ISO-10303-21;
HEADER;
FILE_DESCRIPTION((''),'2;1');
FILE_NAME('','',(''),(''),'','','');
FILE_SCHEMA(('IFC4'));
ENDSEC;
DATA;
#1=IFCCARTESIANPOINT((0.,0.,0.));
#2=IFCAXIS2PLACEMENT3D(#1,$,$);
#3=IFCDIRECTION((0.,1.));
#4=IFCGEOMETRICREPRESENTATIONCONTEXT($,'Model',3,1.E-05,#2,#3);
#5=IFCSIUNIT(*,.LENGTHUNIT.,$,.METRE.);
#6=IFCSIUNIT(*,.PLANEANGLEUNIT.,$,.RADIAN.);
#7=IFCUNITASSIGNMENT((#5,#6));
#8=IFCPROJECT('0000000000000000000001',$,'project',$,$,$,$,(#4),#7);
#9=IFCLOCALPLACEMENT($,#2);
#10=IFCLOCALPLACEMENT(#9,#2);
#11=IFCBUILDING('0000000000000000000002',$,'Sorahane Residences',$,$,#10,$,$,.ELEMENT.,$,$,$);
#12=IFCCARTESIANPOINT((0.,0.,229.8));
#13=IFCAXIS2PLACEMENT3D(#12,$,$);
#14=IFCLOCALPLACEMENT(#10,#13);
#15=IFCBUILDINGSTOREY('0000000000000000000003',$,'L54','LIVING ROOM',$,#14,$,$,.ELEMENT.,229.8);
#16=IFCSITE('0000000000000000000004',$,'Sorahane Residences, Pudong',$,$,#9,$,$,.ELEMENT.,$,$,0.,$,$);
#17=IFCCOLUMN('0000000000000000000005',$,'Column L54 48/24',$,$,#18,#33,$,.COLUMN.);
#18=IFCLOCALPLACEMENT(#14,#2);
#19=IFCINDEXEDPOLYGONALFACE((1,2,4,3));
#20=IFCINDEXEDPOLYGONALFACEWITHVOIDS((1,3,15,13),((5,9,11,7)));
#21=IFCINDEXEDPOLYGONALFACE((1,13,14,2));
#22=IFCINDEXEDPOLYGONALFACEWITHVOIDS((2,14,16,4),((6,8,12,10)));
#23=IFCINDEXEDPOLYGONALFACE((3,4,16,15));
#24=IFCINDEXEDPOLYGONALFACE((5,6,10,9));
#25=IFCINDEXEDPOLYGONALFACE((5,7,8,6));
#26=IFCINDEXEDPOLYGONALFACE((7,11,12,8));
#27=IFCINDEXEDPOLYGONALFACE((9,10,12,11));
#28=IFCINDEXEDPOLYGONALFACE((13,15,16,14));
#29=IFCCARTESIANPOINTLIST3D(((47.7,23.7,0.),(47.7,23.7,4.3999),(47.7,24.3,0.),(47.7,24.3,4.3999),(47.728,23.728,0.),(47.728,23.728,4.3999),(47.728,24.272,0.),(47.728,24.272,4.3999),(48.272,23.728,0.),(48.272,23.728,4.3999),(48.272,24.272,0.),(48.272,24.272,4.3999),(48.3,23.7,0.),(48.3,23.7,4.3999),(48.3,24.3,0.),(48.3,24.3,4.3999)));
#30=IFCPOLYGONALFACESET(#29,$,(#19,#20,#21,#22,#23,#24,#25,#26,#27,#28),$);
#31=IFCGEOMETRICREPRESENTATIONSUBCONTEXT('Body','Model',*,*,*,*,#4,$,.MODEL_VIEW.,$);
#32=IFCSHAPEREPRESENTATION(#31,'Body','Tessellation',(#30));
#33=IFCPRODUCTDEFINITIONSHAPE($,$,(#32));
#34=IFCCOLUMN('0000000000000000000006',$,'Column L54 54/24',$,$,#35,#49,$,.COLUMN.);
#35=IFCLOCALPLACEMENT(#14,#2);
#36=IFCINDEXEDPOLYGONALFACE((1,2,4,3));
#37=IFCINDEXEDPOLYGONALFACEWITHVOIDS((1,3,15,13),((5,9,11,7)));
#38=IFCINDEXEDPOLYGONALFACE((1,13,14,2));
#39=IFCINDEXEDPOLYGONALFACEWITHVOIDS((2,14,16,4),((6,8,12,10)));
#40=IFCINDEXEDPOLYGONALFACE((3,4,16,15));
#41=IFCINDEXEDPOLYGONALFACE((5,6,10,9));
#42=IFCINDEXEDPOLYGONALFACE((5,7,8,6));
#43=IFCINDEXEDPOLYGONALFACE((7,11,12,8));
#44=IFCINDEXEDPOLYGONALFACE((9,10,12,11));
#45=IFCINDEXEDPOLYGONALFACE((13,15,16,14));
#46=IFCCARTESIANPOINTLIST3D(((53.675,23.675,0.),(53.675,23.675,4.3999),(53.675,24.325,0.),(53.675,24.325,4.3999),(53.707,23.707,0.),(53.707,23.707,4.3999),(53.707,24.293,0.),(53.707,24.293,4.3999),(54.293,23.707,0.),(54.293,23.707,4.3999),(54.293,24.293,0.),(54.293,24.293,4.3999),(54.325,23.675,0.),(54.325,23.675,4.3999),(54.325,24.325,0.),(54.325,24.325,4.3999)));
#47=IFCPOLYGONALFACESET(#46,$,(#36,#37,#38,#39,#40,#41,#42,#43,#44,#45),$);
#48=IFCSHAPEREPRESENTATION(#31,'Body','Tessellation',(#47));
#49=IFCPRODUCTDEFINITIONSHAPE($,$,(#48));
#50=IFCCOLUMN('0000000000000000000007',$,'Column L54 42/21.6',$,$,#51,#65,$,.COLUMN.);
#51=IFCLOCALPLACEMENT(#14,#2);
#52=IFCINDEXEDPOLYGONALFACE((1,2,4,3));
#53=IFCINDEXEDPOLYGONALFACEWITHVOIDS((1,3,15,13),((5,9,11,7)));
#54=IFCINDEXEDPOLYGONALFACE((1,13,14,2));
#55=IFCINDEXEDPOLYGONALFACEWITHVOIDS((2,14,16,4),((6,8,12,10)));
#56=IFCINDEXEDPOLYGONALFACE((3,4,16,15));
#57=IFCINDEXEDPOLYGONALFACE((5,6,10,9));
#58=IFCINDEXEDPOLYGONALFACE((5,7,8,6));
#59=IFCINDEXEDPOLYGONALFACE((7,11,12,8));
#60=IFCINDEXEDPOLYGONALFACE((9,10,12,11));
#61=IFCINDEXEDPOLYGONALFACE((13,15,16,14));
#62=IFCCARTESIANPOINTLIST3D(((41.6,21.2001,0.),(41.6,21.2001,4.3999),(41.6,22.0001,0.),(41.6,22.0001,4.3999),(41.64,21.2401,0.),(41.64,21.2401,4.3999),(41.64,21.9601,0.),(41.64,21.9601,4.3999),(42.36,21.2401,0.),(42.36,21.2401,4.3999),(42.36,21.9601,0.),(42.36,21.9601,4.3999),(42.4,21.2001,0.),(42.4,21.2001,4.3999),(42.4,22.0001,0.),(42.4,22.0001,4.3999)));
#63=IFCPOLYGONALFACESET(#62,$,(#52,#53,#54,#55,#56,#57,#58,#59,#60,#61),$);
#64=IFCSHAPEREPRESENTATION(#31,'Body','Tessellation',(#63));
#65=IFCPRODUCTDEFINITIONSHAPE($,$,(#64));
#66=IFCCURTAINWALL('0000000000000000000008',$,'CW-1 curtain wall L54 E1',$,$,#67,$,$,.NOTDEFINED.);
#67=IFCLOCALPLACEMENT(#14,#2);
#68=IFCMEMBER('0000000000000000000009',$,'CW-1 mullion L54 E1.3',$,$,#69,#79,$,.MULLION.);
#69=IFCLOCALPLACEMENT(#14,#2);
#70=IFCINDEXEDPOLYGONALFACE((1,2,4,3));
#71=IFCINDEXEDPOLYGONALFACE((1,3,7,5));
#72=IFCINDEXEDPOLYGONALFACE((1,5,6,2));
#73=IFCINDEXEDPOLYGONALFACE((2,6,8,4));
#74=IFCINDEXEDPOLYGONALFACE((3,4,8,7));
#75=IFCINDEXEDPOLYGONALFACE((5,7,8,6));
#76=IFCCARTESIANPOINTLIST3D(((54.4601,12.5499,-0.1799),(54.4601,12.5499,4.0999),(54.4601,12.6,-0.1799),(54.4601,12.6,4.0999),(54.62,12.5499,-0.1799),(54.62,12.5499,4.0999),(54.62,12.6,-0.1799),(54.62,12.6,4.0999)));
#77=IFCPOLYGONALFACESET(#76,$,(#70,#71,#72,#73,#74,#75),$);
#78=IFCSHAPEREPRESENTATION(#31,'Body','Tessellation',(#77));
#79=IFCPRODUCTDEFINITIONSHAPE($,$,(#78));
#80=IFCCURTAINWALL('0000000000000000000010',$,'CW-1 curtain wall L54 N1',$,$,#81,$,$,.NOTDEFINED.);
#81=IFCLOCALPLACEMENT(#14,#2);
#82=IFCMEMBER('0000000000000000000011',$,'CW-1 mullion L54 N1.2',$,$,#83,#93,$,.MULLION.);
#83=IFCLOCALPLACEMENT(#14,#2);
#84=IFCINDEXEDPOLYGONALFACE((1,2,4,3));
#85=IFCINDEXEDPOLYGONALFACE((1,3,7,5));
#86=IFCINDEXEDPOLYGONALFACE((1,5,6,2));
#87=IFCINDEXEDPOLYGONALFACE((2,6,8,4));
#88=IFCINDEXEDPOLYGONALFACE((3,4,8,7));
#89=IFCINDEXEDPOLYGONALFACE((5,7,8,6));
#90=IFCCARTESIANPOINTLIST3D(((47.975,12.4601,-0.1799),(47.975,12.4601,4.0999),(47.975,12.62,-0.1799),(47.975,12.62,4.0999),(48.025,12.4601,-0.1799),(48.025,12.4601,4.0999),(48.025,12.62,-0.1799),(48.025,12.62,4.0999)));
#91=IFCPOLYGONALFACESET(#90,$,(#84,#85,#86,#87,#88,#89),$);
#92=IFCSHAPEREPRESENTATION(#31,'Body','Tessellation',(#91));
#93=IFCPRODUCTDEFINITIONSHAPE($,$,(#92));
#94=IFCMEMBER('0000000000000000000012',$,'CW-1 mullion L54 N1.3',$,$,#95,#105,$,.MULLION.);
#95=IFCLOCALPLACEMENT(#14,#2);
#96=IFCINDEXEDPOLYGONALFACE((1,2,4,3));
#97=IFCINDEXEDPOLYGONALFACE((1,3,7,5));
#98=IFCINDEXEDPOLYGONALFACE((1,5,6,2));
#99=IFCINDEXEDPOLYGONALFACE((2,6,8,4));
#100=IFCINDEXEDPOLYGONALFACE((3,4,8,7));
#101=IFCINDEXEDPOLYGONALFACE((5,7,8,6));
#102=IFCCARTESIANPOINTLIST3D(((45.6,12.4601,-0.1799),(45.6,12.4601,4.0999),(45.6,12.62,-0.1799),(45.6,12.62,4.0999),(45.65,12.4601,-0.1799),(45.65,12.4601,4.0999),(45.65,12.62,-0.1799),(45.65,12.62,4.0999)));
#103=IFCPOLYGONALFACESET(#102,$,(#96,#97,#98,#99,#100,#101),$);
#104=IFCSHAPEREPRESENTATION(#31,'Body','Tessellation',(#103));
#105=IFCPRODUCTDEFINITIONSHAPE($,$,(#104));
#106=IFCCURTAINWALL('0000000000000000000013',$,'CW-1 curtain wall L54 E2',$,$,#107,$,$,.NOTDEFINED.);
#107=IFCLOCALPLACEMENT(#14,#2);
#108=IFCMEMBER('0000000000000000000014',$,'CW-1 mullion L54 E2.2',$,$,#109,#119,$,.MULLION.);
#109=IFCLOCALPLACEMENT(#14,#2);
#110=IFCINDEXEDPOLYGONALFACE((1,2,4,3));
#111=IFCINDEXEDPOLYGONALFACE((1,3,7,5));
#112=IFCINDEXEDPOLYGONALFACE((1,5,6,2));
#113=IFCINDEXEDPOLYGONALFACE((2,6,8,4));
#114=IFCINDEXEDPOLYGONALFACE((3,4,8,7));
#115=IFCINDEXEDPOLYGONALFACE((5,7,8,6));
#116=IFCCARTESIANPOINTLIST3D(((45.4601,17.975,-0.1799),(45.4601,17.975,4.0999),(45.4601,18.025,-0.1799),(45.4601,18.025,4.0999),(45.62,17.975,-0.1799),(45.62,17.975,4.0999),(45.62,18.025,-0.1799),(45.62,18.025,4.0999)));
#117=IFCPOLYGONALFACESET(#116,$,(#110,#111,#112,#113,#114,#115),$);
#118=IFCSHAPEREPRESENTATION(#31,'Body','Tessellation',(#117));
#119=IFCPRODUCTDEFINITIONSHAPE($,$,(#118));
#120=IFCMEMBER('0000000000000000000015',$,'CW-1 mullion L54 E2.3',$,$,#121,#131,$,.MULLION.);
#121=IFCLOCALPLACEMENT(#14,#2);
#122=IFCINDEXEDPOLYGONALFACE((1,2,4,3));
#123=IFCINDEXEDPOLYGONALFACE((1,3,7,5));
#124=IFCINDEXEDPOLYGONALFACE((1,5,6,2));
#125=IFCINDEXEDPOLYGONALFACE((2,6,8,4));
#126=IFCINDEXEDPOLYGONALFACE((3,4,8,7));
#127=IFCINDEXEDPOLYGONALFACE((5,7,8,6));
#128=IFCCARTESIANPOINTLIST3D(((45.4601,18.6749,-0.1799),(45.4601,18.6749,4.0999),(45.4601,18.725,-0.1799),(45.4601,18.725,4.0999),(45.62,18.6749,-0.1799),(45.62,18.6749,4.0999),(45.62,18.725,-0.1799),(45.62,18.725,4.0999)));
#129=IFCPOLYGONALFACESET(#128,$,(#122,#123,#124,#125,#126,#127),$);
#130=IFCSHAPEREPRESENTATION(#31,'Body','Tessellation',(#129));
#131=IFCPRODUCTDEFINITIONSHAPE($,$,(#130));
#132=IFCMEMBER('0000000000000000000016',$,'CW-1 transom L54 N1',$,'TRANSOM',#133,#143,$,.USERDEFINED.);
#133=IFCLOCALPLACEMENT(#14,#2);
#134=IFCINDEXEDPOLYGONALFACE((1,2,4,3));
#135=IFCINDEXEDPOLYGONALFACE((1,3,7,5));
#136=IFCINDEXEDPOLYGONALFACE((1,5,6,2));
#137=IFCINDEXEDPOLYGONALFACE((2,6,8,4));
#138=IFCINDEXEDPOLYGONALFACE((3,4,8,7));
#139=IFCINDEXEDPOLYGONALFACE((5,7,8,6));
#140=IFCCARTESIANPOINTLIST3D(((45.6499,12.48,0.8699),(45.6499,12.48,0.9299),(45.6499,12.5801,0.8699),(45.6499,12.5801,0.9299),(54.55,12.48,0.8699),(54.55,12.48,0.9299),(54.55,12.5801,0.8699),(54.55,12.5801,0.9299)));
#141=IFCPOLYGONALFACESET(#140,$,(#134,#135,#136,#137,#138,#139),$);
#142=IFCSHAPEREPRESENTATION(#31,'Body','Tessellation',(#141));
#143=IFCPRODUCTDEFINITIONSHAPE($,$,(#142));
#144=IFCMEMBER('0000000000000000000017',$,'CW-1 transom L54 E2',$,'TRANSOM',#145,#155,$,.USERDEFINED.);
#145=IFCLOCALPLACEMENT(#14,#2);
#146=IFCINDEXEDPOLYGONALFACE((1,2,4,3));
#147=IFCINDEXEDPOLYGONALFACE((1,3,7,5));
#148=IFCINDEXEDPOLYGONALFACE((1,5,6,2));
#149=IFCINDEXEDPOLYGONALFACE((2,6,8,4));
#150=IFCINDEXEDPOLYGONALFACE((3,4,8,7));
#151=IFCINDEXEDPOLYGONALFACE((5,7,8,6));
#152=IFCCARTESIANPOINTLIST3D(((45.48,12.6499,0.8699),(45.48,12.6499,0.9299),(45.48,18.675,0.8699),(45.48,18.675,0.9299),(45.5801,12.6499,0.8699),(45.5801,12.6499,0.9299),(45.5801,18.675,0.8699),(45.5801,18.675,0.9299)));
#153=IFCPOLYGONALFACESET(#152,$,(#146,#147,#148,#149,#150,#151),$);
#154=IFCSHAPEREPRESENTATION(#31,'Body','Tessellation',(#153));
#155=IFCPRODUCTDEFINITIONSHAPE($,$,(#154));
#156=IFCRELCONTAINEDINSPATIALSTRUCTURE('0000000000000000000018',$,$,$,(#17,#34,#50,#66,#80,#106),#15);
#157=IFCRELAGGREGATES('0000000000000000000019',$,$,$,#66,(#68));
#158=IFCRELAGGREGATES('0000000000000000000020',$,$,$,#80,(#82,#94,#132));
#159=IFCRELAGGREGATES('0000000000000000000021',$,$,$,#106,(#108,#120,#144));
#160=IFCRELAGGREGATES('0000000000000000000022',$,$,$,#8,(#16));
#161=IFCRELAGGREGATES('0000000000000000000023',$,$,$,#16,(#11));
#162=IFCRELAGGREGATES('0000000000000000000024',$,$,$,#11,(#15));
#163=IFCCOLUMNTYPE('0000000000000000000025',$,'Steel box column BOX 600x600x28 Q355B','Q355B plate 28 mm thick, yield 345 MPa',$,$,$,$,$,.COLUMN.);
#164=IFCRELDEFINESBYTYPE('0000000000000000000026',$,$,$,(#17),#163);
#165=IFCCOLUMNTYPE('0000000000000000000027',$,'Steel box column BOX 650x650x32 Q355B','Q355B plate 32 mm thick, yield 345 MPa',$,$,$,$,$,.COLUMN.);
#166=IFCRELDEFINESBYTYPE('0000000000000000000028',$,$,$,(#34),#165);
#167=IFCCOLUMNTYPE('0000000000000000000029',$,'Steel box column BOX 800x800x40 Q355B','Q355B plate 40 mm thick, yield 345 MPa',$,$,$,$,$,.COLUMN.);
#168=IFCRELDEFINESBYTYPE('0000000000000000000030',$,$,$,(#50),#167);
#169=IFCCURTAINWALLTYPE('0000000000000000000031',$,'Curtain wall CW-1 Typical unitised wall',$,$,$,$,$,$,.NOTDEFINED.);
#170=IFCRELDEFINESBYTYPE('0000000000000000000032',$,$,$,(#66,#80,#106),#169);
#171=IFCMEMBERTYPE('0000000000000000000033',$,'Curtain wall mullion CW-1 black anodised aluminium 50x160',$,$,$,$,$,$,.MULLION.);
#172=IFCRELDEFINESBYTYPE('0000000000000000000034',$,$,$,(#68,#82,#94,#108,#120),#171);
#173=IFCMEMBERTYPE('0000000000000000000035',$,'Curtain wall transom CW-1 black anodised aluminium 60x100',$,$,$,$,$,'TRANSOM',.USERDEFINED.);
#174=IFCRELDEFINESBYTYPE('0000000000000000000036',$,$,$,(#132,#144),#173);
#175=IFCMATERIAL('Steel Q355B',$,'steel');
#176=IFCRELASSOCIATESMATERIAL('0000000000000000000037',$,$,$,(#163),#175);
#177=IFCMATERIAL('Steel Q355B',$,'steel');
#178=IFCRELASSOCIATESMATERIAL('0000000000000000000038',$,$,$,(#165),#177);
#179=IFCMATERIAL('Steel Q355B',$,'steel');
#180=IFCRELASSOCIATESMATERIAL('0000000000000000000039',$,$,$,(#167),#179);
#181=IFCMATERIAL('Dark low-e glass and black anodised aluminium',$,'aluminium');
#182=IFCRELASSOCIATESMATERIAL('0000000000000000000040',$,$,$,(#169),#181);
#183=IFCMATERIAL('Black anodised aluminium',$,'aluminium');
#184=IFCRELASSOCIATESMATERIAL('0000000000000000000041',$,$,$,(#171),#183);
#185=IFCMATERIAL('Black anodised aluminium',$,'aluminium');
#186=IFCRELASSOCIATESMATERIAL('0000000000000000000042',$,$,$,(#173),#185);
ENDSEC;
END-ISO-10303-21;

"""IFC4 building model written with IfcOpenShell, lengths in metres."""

from ifc_helpers import new_model, si_unit, direction, frame, origin, origin_2d, place, context, subcontext, project, spatial, rectangle, hollow_rectangle, extrude, material, material_profile, profile_set, type_object, element, aggregate, save


model = new_model("IFC4")

# Units and contexts
model_context = context("Model", 3, precision=1e-05, world=origin(), true_north=direction((0.0, 1.0)))
body_context = subcontext(model_context, "Body", "Model", "MODEL_VIEW")
ifc_project = project(units=[si_unit("LENGTHUNIT", "METRE"), si_unit("PLANEANGLEUNIT", "RADIAN")], contexts=[model_context])

# Site, building, storey
site_placement = place(None, origin())
site = spatial("IfcSite", under=ifc_project, at=site_placement, Name="Sorahane Residences, Pudong", CompositionType="ELEMENT", RefElevation=0.0)
building_placement = place(site_placement, origin())
building = spatial("IfcBuilding", under=site, at=building_placement, Name="Sorahane Residences", CompositionType="ELEMENT")
storey_placement = place(building_placement, frame((0.0, 0.0, 229.8)))
storey = spatial("IfcBuildingStorey", under=building, at=storey_placement, Name="L54", Description="LIVING ROOM", CompositionType="ELEMENT", Elevation=229.8)

# Columns
ifc_material_1 = material(Name="Steel Q355B", Category="steel")
ifc_material_profile_1 = material_profile(ifc_material_1, hollow_rectangle(XDim=0.6001, YDim=0.6001, WallThickness=0.0281, at=origin_2d()), Name="BOX 600x600x28")
ifc_profile_set_1 = profile_set([ifc_material_profile_1], Name="Steel Q355B")
column_type_1 = type_object("IfcColumnType", Name="Steel box column BOX 600x600x28 Q355B", Description="Q355B plate 28 mm thick, yield 345 MPa", PredefinedType="COLUMN", material=ifc_profile_set_1)
column_1_placement = place(storey_placement, frame((48.0, 24.0, 0.0), z_axis=(0.0, 0.0, 1.0), x_axis=(1.0, 0.0, 0.0)))
element("IfcColumn", 1, at=column_1_placement, inside=storey, type_object=column_type_1, Name="Column L54 48/24", PredefinedType="COLUMN", context=body_context, shape_type="SweptSolid", body=[
    extrude(hollow_rectangle(XDim=0.6001, YDim=0.6001, WallThickness=0.0281, at=origin_2d()), origin(), (0.0, 0.0, 1.0), 4.3999),
])
ifc_material_2 = material(Name="Steel Q355B", Category="steel")
ifc_material_profile_2 = material_profile(ifc_material_2, hollow_rectangle(XDim=0.6499, YDim=0.6499, WallThickness=0.032, at=origin_2d()), Name="BOX 650x650x32")
ifc_profile_set_2 = profile_set([ifc_material_profile_2], Name="Steel Q355B")
column_type_2 = type_object("IfcColumnType", Name="Steel box column BOX 650x650x32 Q355B", Description="Q355B plate 32 mm thick, yield 345 MPa", PredefinedType="COLUMN", material=ifc_profile_set_2)
column_2_placement = place(storey_placement, frame((54.0, 24.0, 0.0), z_axis=(0.0, 0.0, 1.0), x_axis=(1.0, 0.0, 0.0)))
element("IfcColumn", 2, at=column_2_placement, inside=storey, type_object=column_type_2, Name="Column L54 54/24", PredefinedType="COLUMN", context=body_context, shape_type="SweptSolid", body=[
    extrude(hollow_rectangle(XDim=0.6499, YDim=0.6499, WallThickness=0.032, at=origin_2d()), origin(), (0.0, 0.0, 1.0), 4.3999),
])
ifc_material_3 = material(Name="Steel Q355B", Category="steel")
ifc_material_profile_3 = material_profile(ifc_material_3, hollow_rectangle(XDim=0.8, YDim=0.8, WallThickness=0.04, at=origin_2d()), Name="BOX 800x800x40")
ifc_profile_set_3 = profile_set([ifc_material_profile_3], Name="Steel Q355B")
column_type_3 = type_object("IfcColumnType", Name="Steel box column BOX 800x800x40 Q355B", Description="Q355B plate 40 mm thick, yield 345 MPa", PredefinedType="COLUMN", material=ifc_profile_set_3)
column_3_placement = place(storey_placement, frame((42.0, 21.6001, 0.0), z_axis=(0.0, 0.0, 1.0), x_axis=(1.0, 0.0, 0.0)))
element("IfcColumn", 3, at=column_3_placement, inside=storey, type_object=column_type_3, Name="Column L54 42/21.6", PredefinedType="COLUMN", context=body_context, shape_type="SweptSolid", body=[
    extrude(hollow_rectangle(XDim=0.8, YDim=0.8, WallThickness=0.04, at=origin_2d()), origin(), (0.0, 0.0, 1.0), 4.3999),
])

# Curtain wall, member
ifc_material_4 = material(Name="Dark low-e glass and black anodised aluminium", Category="aluminium")
curtain_wall_type = type_object("IfcCurtainWallType", Name="Curtain wall CW-1 Typical unitised wall", PredefinedType="NOTDEFINED", material=ifc_material_4)
curtain_wall_1_placement = place(storey_placement, origin())
curtain_wall_1 = element("IfcCurtainWall", 4, at=curtain_wall_1_placement, inside=storey, type_object=curtain_wall_type, Name="CW-1 curtain wall L54 E1", PredefinedType="NOTDEFINED")
ifc_material_5 = material(Name="Black anodised aluminium", Category="aluminium")
ifc_material_profile_4 = material_profile(ifc_material_5, rectangle(XDim=0.1599, YDim=0.05, at=origin_2d()), Name="Curtain wall mullion CW-1 black anodised aluminium 50x160")
ifc_profile_set_4 = profile_set([ifc_material_profile_4], Name="Black anodised aluminium")
member_type_1 = type_object("IfcMemberType", Name="Curtain wall mullion CW-1 black anodised aluminium 50x160", PredefinedType="MULLION", material=ifc_profile_set_4)
member_1_placement = place(storey_placement, frame((54.54, 12.575, -0.1799), z_axis=(0.0, 0.0, 1.0), x_axis=(1.0, 0.0, 0.0)))
member_1 = element("IfcMember", 5, at=member_1_placement, type_object=member_type_1, Name="CW-1 mullion L54 E1.3", PredefinedType="MULLION", context=body_context, shape_type="SweptSolid", body=[
    extrude(rectangle(XDim=0.1599, YDim=0.05, at=origin_2d()), origin(), (0.0, 0.0, 1.0), 4.2798),
])
aggregate(curtain_wall_1, [member_1])

# Curtain walls, members
curtain_wall_2_placement = place(storey_placement, origin())
curtain_wall_2 = element("IfcCurtainWall", 6, at=curtain_wall_2_placement, inside=storey, type_object=curtain_wall_type, Name="CW-1 curtain wall L54 N1", PredefinedType="NOTDEFINED")
member_2_placement = place(storey_placement, frame((48.0, 12.54, -0.1799), z_axis=(0.0, 0.0, 1.0), x_axis=(0.0, 1.0, 0.0)))
member_2 = element("IfcMember", 7, at=member_2_placement, type_object=member_type_1, Name="CW-1 mullion L54 N1.2", PredefinedType="MULLION", context=body_context, shape_type="SweptSolid", body=[
    extrude(rectangle(XDim=0.1599, YDim=0.05, at=origin_2d()), origin(), (0.0, 0.0, 1.0), 4.2798),
])
member_3_placement = place(storey_placement, frame((45.625, 12.54, -0.1799), z_axis=(0.0, 0.0, 1.0), x_axis=(0.0, 1.0, 0.0)))
member_3 = element("IfcMember", 8, at=member_3_placement, type_object=member_type_1, Name="CW-1 mullion L54 N1.3", PredefinedType="MULLION", context=body_context, shape_type="SweptSolid", body=[
    extrude(rectangle(XDim=0.1599, YDim=0.05, at=origin_2d()), origin(), (0.0, 0.0, 1.0), 4.2798),
])
curtain_wall_3_placement = place(storey_placement, origin())
curtain_wall_3 = element("IfcCurtainWall", 9, at=curtain_wall_3_placement, inside=storey, type_object=curtain_wall_type, Name="CW-1 curtain wall L54 E2", PredefinedType="NOTDEFINED")
member_4_placement = place(storey_placement, frame((45.54, 18.0, -0.1799), z_axis=(0.0, 0.0, 1.0), x_axis=(1.0, 0.0, 0.0)))
member_4 = element("IfcMember", 10, at=member_4_placement, type_object=member_type_1, Name="CW-1 mullion L54 E2.2", PredefinedType="MULLION", context=body_context, shape_type="SweptSolid", body=[
    extrude(rectangle(XDim=0.1599, YDim=0.05, at=origin_2d()), origin(), (0.0, 0.0, 1.0), 4.2798),
])
member_5_placement = place(storey_placement, frame((45.54, 18.7, -0.1799), z_axis=(0.0, 0.0, 1.0), x_axis=(1.0, 0.0, 0.0)))
member_5 = element("IfcMember", 11, at=member_5_placement, type_object=member_type_1, Name="CW-1 mullion L54 E2.3", PredefinedType="MULLION", context=body_context, shape_type="SweptSolid", body=[
    extrude(rectangle(XDim=0.1599, YDim=0.05, at=origin_2d()), origin(), (0.0, 0.0, 1.0), 4.2798),
])

# Members
ifc_material_6 = material(Name="Black anodised aluminium", Category="aluminium")
ifc_material_profile_5 = material_profile(ifc_material_6, rectangle(XDim=0.1001, YDim=0.0601, at=origin_2d()), Name="Curtain wall transom CW-1 black anodised aluminium 60x100")
ifc_profile_set_5 = profile_set([ifc_material_profile_5], Name="Black anodised aluminium")
member_type_2 = type_object("IfcMemberType", Name="Curtain wall transom CW-1 black anodised aluminium 60x100", ElementType="TRANSOM", PredefinedType="USERDEFINED", material=ifc_profile_set_5)
member_6_placement = place(storey_placement, frame((54.55, 12.53, 0.8999), z_axis=(-1.0, 0.0, 0.0), x_axis=(0.0, -1.0, 0.0)))
member_6 = element("IfcMember", 12, at=member_6_placement, type_object=member_type_2, Name="CW-1 transom L54 N1", ObjectType="TRANSOM", PredefinedType="USERDEFINED", context=body_context, shape_type="SweptSolid", body=[
    extrude(rectangle(XDim=0.1001, YDim=0.0601, at=origin_2d()), origin(), (0.0, 0.0, 1.0), 8.9001),
])
member_7_placement = place(storey_placement, frame((45.53, 12.6499, 0.8999), z_axis=(0.0, 1.0, 0.0), x_axis=(-1.0, 0.0, 0.0)))
member_7 = element("IfcMember", 13, at=member_7_placement, type_object=member_type_2, Name="CW-1 transom L54 E2", ObjectType="TRANSOM", PredefinedType="USERDEFINED", context=body_context, shape_type="SweptSolid", body=[
    extrude(rectangle(XDim=0.1001, YDim=0.0601, at=origin_2d()), origin(), (0.0, 0.0, 1.0), 6.0251),
])

aggregate(curtain_wall_2, [member_2, member_3, member_6])
aggregate(curtain_wall_3, [member_4, member_5, member_7])

save(model, "model.ifc")
